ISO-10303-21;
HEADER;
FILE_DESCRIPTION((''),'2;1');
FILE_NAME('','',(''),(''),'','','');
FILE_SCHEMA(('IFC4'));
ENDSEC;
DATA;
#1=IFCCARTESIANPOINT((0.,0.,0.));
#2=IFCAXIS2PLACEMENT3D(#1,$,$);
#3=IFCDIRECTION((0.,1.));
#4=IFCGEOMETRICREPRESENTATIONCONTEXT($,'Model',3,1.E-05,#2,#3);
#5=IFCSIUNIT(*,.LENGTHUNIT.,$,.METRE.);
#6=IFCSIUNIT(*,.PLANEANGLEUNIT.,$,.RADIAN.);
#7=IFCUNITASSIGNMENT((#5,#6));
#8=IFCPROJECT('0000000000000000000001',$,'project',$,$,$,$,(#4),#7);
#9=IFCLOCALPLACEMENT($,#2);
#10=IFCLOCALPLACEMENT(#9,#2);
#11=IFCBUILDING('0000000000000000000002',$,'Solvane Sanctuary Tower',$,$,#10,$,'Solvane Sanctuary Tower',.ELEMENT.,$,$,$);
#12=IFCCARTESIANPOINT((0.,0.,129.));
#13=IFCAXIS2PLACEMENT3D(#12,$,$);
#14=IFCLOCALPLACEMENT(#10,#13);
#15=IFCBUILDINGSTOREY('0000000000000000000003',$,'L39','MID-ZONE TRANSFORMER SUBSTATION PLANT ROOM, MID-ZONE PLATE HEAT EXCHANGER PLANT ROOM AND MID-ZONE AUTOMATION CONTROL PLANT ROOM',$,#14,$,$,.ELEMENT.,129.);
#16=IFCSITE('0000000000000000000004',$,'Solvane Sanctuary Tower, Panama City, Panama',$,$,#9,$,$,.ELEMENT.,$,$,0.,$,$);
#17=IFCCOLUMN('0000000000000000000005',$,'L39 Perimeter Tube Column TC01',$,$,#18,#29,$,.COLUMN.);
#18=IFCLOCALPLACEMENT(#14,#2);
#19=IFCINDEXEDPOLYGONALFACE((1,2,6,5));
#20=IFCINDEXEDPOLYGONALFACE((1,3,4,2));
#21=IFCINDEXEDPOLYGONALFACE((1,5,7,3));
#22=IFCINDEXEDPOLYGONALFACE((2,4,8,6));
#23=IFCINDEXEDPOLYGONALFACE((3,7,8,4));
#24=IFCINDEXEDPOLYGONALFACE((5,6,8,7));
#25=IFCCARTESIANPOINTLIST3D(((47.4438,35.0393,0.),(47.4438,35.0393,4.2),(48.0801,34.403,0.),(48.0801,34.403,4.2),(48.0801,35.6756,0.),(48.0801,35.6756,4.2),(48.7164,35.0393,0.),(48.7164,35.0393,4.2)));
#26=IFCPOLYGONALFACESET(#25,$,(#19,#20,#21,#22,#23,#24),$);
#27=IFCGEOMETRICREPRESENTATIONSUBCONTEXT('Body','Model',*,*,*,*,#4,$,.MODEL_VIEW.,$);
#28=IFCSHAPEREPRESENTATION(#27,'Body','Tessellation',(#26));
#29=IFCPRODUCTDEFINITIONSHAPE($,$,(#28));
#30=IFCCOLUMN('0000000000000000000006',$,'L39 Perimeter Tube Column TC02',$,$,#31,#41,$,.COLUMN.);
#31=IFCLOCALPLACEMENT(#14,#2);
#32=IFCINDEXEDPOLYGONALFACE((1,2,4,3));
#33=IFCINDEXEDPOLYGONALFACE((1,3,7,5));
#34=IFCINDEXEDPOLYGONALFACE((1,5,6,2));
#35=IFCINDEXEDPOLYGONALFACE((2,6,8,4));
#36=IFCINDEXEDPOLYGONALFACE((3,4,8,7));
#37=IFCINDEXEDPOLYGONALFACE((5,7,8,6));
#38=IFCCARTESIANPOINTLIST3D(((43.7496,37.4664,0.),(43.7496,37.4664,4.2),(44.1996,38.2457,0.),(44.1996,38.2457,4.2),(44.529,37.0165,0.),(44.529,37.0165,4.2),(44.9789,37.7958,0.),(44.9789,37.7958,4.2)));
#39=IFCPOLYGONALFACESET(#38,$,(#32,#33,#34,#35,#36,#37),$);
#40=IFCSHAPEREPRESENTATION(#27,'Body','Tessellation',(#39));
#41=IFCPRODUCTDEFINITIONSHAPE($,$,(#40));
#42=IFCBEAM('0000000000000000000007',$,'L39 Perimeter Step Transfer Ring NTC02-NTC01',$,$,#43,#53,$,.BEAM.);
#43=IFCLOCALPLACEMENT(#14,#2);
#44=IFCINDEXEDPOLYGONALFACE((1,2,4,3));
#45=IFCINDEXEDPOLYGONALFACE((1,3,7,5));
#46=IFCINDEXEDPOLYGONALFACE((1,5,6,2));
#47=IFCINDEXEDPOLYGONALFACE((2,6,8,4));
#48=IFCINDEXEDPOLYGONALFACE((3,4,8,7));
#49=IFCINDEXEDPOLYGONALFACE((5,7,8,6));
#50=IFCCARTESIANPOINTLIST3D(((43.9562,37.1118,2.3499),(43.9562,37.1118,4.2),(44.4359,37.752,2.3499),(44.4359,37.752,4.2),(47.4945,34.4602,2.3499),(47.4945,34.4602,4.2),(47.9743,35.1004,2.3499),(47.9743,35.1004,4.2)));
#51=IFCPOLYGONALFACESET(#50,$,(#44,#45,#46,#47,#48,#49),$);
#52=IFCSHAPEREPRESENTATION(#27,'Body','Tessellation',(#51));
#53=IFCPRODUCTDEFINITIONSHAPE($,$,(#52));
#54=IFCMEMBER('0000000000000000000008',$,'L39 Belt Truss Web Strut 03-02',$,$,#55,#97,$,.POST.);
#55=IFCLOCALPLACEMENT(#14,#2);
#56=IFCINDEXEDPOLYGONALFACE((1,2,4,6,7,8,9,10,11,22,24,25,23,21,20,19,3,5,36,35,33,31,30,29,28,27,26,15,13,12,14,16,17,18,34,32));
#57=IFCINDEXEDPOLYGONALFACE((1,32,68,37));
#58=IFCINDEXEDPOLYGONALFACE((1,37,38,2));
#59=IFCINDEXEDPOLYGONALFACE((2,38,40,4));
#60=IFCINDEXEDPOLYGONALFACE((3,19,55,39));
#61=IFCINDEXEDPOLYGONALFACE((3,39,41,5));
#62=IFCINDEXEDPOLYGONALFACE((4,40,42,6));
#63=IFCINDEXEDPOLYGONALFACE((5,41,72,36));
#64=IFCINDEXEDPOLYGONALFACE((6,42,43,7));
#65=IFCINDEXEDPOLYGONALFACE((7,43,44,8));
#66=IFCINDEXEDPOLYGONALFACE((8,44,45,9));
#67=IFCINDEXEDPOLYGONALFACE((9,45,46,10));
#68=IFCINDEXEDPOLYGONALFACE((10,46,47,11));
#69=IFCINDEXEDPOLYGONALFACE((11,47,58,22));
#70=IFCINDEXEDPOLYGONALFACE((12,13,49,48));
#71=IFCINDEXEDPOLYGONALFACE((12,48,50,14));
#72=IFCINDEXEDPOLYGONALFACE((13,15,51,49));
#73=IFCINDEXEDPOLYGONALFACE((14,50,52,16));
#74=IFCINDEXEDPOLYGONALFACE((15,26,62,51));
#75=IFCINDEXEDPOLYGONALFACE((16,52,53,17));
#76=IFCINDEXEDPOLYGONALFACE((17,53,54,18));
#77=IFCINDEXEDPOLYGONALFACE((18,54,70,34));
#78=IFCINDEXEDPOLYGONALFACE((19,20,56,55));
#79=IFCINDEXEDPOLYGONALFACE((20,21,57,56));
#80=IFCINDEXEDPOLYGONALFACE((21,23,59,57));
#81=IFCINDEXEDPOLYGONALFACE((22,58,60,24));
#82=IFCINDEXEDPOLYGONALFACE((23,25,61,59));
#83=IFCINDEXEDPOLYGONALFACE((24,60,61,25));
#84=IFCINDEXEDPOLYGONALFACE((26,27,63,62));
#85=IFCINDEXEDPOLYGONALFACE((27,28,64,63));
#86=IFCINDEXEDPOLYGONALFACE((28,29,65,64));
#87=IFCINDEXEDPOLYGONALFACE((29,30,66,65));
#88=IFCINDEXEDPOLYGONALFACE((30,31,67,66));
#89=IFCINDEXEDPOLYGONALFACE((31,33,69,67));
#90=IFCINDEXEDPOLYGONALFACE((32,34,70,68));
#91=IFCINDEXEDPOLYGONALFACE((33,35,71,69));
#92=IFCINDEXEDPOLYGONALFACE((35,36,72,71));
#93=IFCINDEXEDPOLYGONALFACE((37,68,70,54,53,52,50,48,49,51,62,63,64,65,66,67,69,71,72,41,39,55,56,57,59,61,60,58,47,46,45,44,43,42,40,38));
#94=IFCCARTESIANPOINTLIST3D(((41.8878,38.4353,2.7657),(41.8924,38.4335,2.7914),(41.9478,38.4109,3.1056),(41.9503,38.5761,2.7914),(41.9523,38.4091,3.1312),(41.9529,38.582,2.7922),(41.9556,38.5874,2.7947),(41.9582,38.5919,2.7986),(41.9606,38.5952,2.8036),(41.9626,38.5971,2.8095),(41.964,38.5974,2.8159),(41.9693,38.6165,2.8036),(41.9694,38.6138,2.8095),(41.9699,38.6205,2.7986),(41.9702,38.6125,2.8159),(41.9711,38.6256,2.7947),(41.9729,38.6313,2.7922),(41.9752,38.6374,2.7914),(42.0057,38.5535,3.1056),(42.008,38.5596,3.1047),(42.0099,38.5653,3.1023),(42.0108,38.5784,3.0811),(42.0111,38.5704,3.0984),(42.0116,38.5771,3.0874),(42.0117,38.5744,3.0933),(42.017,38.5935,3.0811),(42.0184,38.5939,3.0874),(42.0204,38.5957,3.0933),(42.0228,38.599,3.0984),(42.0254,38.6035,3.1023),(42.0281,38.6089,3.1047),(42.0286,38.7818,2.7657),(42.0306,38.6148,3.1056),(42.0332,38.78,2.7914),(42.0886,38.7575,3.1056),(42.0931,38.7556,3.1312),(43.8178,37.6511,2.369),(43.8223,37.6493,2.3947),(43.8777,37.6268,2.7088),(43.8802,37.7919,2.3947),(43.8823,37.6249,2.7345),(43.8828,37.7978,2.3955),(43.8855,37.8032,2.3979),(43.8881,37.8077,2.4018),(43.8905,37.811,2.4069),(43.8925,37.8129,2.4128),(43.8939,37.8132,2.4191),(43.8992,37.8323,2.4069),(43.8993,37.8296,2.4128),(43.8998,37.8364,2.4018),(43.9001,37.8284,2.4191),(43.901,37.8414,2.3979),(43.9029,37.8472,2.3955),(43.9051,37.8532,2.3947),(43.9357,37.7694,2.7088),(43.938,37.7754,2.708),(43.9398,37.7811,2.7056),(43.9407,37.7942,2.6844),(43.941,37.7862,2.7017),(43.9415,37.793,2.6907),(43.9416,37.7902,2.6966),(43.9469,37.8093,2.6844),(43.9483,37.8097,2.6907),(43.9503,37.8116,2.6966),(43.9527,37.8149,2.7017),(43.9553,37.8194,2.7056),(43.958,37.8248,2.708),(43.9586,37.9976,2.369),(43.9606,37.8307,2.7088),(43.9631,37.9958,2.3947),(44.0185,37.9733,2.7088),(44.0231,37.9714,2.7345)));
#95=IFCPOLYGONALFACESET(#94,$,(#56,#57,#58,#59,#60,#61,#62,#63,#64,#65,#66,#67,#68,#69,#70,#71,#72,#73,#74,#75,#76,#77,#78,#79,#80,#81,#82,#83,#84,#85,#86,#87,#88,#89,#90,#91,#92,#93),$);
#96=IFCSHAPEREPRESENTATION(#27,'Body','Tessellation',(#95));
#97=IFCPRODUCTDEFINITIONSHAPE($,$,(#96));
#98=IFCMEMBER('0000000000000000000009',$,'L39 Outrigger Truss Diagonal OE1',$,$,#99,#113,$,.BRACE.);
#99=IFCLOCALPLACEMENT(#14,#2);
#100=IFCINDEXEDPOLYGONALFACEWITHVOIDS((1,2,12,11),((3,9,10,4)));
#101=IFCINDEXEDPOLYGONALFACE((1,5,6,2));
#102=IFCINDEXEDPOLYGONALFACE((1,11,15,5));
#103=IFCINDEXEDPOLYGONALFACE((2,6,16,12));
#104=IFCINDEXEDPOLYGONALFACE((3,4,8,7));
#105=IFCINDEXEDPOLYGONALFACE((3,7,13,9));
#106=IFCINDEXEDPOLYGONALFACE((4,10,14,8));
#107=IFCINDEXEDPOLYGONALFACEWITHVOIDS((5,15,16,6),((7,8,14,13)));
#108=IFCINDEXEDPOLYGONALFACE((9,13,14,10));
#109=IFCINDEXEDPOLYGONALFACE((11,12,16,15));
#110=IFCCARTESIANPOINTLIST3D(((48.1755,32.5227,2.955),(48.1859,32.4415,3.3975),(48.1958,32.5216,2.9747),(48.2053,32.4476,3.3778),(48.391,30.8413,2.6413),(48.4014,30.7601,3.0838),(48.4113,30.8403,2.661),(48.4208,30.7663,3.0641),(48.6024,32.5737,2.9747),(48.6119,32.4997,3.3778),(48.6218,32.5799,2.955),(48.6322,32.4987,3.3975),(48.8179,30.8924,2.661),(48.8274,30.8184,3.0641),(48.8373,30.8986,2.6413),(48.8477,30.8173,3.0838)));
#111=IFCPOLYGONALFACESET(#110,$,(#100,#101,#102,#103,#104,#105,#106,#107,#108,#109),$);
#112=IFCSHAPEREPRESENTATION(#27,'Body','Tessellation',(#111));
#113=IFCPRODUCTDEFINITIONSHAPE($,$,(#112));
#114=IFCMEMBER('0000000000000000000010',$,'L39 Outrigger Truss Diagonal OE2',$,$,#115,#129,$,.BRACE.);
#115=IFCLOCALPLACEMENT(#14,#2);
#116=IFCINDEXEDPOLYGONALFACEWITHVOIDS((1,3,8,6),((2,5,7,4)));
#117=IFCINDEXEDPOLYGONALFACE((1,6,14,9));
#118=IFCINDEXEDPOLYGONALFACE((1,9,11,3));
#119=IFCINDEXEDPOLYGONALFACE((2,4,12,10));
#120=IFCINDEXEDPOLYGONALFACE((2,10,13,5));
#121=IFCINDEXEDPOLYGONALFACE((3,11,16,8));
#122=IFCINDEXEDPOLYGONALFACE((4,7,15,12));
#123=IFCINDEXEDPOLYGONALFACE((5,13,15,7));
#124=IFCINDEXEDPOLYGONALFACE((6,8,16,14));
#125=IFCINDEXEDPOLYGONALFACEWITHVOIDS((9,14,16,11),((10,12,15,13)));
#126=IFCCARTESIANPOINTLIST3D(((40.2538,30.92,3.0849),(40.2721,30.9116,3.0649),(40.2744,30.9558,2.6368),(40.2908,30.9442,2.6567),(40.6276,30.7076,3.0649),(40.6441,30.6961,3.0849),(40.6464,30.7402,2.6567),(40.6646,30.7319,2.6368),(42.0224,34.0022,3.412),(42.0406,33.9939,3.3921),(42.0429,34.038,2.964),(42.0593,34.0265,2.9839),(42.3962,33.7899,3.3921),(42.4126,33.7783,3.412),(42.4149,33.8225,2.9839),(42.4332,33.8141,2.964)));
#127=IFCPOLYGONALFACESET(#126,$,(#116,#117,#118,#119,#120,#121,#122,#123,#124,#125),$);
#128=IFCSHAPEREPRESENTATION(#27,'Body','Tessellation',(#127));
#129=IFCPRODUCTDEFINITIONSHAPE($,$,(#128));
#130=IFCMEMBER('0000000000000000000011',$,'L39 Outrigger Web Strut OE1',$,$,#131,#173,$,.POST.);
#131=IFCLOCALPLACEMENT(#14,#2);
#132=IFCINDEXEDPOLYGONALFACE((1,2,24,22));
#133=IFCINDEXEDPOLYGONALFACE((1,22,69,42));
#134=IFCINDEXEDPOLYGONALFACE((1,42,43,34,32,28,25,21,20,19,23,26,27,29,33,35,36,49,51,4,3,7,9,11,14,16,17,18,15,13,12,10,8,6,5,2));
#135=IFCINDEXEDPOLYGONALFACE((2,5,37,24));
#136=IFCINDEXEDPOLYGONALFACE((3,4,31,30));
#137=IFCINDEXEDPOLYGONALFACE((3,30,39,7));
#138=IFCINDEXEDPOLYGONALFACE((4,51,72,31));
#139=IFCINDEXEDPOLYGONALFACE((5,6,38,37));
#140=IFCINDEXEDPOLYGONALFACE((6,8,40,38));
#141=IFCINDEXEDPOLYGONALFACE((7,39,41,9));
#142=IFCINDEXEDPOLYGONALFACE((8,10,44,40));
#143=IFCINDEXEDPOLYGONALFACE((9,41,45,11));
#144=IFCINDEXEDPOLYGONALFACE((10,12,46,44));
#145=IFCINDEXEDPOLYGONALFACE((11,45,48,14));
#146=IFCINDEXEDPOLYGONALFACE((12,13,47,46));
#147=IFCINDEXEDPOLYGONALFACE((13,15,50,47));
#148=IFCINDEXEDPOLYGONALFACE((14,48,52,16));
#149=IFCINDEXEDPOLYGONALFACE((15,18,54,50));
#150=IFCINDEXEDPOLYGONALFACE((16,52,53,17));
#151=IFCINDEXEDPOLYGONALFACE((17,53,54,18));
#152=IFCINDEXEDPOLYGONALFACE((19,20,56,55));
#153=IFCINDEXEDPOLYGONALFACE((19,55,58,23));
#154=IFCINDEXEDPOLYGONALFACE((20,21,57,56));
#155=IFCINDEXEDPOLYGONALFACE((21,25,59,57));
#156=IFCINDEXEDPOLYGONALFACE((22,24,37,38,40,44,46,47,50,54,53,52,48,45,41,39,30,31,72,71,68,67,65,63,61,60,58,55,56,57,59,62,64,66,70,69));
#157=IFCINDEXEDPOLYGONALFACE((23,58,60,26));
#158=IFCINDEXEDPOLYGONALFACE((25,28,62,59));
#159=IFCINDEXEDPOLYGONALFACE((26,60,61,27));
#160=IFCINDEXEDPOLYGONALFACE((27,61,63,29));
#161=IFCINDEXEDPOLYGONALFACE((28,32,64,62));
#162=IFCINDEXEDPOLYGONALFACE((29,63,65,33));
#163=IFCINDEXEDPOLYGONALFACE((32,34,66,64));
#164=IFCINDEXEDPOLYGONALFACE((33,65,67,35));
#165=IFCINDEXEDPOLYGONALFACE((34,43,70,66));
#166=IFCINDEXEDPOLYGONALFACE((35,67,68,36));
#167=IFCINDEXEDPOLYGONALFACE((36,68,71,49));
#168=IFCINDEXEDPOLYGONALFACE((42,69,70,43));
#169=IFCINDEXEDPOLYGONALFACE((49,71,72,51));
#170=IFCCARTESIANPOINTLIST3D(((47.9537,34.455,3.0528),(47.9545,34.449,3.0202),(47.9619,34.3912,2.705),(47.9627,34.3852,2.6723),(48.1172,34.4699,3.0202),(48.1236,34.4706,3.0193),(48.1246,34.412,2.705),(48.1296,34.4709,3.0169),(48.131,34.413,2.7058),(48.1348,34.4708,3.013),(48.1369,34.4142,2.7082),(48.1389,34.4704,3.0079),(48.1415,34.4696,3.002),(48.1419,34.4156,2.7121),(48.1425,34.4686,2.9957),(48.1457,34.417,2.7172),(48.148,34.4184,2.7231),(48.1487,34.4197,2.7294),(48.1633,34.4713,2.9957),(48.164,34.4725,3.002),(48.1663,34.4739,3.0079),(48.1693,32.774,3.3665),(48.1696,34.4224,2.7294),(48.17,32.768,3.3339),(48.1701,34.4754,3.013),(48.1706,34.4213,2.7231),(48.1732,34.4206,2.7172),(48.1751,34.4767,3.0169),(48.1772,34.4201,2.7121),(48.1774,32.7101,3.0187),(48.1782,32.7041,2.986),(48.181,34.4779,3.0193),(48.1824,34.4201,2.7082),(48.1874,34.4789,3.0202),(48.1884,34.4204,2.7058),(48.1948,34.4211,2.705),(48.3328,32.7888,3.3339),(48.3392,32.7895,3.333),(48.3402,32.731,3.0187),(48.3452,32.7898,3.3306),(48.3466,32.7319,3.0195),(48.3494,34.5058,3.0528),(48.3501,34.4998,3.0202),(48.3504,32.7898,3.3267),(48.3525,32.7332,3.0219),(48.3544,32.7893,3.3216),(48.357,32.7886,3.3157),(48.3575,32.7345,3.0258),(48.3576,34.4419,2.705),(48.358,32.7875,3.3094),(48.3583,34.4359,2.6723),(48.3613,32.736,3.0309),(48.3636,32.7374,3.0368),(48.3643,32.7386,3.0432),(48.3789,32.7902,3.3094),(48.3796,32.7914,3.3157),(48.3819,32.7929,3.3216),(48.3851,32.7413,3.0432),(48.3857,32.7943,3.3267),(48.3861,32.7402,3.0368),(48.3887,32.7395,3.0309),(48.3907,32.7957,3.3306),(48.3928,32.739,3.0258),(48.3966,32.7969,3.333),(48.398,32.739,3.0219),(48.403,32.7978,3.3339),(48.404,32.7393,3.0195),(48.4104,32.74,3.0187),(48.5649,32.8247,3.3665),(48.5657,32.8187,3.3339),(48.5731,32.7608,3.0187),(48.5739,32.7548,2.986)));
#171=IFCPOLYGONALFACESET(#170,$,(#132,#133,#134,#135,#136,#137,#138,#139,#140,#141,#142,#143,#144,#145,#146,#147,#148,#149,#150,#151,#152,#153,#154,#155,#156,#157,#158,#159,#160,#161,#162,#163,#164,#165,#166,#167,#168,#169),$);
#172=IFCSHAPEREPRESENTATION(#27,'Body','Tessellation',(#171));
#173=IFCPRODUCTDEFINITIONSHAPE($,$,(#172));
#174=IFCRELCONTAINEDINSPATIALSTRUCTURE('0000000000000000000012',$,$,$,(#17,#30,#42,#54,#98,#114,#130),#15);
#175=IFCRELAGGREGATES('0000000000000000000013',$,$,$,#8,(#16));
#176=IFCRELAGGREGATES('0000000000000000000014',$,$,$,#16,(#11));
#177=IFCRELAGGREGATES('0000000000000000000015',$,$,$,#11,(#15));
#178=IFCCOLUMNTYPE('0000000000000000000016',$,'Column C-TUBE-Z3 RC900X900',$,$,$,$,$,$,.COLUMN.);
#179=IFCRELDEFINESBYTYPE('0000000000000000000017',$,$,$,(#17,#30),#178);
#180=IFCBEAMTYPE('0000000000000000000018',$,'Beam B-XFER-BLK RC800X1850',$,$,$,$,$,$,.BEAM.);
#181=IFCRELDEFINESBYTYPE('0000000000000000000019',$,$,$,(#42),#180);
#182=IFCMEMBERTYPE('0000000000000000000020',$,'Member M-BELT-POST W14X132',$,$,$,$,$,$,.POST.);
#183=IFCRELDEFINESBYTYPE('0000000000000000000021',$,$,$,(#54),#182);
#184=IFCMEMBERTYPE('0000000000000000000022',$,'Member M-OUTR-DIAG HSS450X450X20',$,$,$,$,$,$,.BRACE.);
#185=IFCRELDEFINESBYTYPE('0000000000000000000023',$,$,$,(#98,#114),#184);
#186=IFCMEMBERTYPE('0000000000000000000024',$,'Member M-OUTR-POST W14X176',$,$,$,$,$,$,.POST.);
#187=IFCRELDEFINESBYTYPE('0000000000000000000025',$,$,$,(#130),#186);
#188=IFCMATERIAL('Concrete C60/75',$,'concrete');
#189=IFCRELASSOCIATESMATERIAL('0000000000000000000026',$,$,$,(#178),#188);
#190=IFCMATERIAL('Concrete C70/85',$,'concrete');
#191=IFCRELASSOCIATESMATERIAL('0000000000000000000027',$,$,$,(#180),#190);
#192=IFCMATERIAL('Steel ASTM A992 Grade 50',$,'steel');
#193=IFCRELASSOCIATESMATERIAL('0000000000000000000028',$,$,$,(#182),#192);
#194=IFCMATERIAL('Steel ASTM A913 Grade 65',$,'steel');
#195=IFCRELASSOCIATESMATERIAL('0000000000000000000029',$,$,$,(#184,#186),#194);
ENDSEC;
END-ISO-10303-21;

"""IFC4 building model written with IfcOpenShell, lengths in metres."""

from ifc_helpers import new_model, si_unit, direction, frame, origin, origin_2d, place, context, subcontext, project, spatial, rectangle, hollow_rectangle, i_section, extrude, material, material_profile, profile_set, type_object, element, save


model = new_model("IFC4")

# Units and contexts
model_context = context("Model", 3, precision=1e-05, world=origin(), true_north=direction((0.0, 1.0)))
body_context = subcontext(model_context, "Body", "Model", "MODEL_VIEW")
ifc_project = project(units=[si_unit("LENGTHUNIT", "METRE"), si_unit("PLANEANGLEUNIT", "RADIAN")], contexts=[model_context])

# Site, building, storey
site_placement = place(None, origin())
site = spatial("IfcSite", under=ifc_project, at=site_placement, Name="Solvane Sanctuary Tower, Panama City, Panama", CompositionType="ELEMENT", RefElevation=0.0)
building_placement = place(site_placement, origin())
building = spatial("IfcBuilding", under=site, at=building_placement, Name="Solvane Sanctuary Tower", LongName="Solvane Sanctuary Tower", CompositionType="ELEMENT")
storey_placement = place(building_placement, frame((0.0, 0.0, 129.0)))
storey = spatial("IfcBuildingStorey", under=building, at=storey_placement, Name="L39", Description="MID-ZONE TRANSFORMER SUBSTATION PLANT ROOM, MID-ZONE PLATE HEAT EXCHANGER PLANT ROOM AND MID-ZONE AUTOMATION CONTROL PLANT ROOM", CompositionType="ELEMENT", Elevation=129.0)

# Columns
ifc_material_1 = material(Name="Concrete C60/75", Category="concrete")
ifc_material_profile_1 = material_profile(ifc_material_1, rectangle(XDim=0.8999, YDim=0.8999, at=origin_2d()), Name="RC900X900")
ifc_profile_set_1 = profile_set([ifc_material_profile_1], Name="Concrete C60/75")
column_type = type_object("IfcColumnType", Name="Column C-TUBE-Z3 RC900X900", PredefinedType="COLUMN", material=ifc_profile_set_1)
for number, where, z_axis, x_axis, name in (
    (1, (48.0801, 35.0393, 0.0), (0.0, 0.0, 1.0), (0.707107, 0.707107, 0.0), "L39 Perimeter Tube Column TC01"),
    (2, (44.3643, 37.6311, 0.0), (0.0, 0.0, 1.0), (0.5, 0.866025, 0.0), "L39 Perimeter Tube Column TC02"),
):
    element("IfcColumn", number, at=place(storey_placement, frame(where, z_axis=z_axis, x_axis=x_axis)), inside=storey, type_object=column_type, Name=name, PredefinedType="COLUMN", context=body_context, shape_type="SweptSolid", body=[
        extrude(rectangle(XDim=0.8999, YDim=0.8999, at=origin_2d()), origin(), (0.0, 0.0, 1.0), 4.2),
    ])

# Beam
ifc_material_2 = material(Name="Concrete C70/85", Category="concrete")
ifc_material_profile_2 = material_profile(ifc_material_2, rectangle(XDim=0.8, YDim=1.8501, at=origin_2d()), Name="RC800X1850")
ifc_profile_set_2 = profile_set([ifc_material_profile_2], Name="Concrete C70/85")
beam_type = type_object("IfcBeamType", Name="Beam B-XFER-BLK RC800X1850", PredefinedType="BEAM", material=ifc_profile_set_2)
beam_placement = place(storey_placement, frame((44.196, 37.4319, 3.2749), z_axis=(0.800232, -0.599691, 0.0), x_axis=(0.599691, 0.800232, 0.0)))
element("IfcBeam", 3, at=beam_placement, inside=storey, type_object=beam_type, Name="L39 Perimeter Step Transfer Ring NTC02-NTC01", PredefinedType="BEAM", context=body_context, shape_type="SweptSolid", body=[
    extrude(rectangle(XDim=0.8, YDim=1.8501, at=origin_2d()), origin(), (0.0, 0.0, 1.0), 4.4216),
])

# Members
ifc_material_3 = material(Name="Steel ASTM A992 Grade 50", Category="steel")
ifc_material_profile_3 = material_profile(ifc_material_3, i_section(OverallWidth=0.374, OverallDepth=0.3721, WebThickness=0.0164, FlangeThickness=0.0261, FilletRadius=0.0249, at=origin_2d()), Name="W14X132")
ifc_profile_set_3 = profile_set([ifc_material_profile_3], Name="Steel ASTM A992 Grade 50")
member_type_1 = type_object("IfcMemberType", Name="Member M-BELT-POST W14X132", PredefinedType="POST", material=ifc_profile_set_3)
member_1_placement = place(storey_placement, frame((41.9905, 38.5955, 2.9485), z_axis=(0.910085, -0.36979, -0.187083), x_axis=(0.376437, 0.926442, 0.0)))
element("IfcMember", 4, at=member_1_placement, inside=storey, type_object=member_type_1, Name="L39 Belt Truss Web Strut 03-02", PredefinedType="POST", context=body_context, shape_type="SweptSolid", body=[
    extrude(i_section(OverallWidth=0.374, OverallDepth=0.3721, WebThickness=0.0164, FlangeThickness=0.0261, FilletRadius=0.0249, at=origin_2d()), origin(), (0.0, 0.0, 1.0), 2.1206),
])
ifc_material_4 = material(Name="Steel ASTM A913 Grade 65", Category="steel")
ifc_material_profile_4 = material_profile(ifc_material_4, hollow_rectangle(XDim=0.45, YDim=0.45, WallThickness=0.02, at=origin_2d()), Name="HSS450X450X20")
ifc_profile_set_4 = profile_set([ifc_material_profile_4], Name="Steel ASTM A913 Grade 65")
member_type_2 = type_object("IfcMemberType", Name="Member M-OUTR-DIAG HSS450X450X20", PredefinedType="BRACE", material=ifc_profile_set_4)
member_2_placement = place(storey_placement, frame((48.6194, 30.8293, 2.8625), z_axis=(-0.125048, 0.975319, 0.181978), x_axis=(-0.991881, -0.127172, 0.0)))
element("IfcMember", 5, at=member_2_placement, inside=storey, type_object=member_type_2, Name="L39 Outrigger Truss Diagonal OE1", PredefinedType="BRACE", context=body_context, shape_type="SweptSolid", body=[
    extrude(hollow_rectangle(XDim=0.45, YDim=0.45, WallThickness=0.02, at=origin_2d()), origin(), (0.0, 0.0, 1.0), 1.7239),
])
member_3_placement = place(storey_placement, frame((40.4592, 30.8259, 2.8608), z_axis=(0.495581, 0.86371, 0.091673), x_axis=(-0.867362, 0.497677, 0.0)))
element("IfcMember", 6, at=member_3_placement, inside=storey, type_object=member_type_2, Name="L39 Outrigger Truss Diagonal OE2", PredefinedType="BRACE", context=body_context, shape_type="SweptSolid", body=[
    extrude(hollow_rectangle(XDim=0.45, YDim=0.45, WallThickness=0.02, at=origin_2d()), origin(), (0.0, 0.0, 1.0), 3.5686),
])
ifc_material_profile_5 = material_profile(ifc_material_4, i_section(OverallWidth=0.3989, OverallDepth=0.387, WebThickness=0.021, FlangeThickness=0.0332, FilletRadius=0.0249, at=origin_2d()), Name="W14X176")
ifc_profile_set_5 = profile_set([ifc_material_profile_5], Name="Steel ASTM A913 Grade 65")
member_type_3 = type_object("IfcMemberType", Name="Member M-OUTR-POST W14X176", PredefinedType="POST", material=ifc_profile_set_5)
member_4_placement = place(storey_placement, frame((48.3716, 32.7644, 3.1763), z_axis=(-0.125065, 0.975312, -0.182003), x_axis=(-0.991878, -0.12719, 0.0)))
element("IfcMember", 7, at=member_4_placement, inside=storey, type_object=member_type_3, Name="L39 Outrigger Web Strut OE1", PredefinedType="POST", context=body_context, shape_type="SweptSolid", body=[
    extrude(i_section(OverallWidth=0.3989, OverallDepth=0.387, WebThickness=0.021, FlangeThickness=0.0332, FilletRadius=0.0249, at=origin_2d()), origin(), (0.0, 0.0, 1.0), 1.7236),
])

save(model, "model.ifc")
